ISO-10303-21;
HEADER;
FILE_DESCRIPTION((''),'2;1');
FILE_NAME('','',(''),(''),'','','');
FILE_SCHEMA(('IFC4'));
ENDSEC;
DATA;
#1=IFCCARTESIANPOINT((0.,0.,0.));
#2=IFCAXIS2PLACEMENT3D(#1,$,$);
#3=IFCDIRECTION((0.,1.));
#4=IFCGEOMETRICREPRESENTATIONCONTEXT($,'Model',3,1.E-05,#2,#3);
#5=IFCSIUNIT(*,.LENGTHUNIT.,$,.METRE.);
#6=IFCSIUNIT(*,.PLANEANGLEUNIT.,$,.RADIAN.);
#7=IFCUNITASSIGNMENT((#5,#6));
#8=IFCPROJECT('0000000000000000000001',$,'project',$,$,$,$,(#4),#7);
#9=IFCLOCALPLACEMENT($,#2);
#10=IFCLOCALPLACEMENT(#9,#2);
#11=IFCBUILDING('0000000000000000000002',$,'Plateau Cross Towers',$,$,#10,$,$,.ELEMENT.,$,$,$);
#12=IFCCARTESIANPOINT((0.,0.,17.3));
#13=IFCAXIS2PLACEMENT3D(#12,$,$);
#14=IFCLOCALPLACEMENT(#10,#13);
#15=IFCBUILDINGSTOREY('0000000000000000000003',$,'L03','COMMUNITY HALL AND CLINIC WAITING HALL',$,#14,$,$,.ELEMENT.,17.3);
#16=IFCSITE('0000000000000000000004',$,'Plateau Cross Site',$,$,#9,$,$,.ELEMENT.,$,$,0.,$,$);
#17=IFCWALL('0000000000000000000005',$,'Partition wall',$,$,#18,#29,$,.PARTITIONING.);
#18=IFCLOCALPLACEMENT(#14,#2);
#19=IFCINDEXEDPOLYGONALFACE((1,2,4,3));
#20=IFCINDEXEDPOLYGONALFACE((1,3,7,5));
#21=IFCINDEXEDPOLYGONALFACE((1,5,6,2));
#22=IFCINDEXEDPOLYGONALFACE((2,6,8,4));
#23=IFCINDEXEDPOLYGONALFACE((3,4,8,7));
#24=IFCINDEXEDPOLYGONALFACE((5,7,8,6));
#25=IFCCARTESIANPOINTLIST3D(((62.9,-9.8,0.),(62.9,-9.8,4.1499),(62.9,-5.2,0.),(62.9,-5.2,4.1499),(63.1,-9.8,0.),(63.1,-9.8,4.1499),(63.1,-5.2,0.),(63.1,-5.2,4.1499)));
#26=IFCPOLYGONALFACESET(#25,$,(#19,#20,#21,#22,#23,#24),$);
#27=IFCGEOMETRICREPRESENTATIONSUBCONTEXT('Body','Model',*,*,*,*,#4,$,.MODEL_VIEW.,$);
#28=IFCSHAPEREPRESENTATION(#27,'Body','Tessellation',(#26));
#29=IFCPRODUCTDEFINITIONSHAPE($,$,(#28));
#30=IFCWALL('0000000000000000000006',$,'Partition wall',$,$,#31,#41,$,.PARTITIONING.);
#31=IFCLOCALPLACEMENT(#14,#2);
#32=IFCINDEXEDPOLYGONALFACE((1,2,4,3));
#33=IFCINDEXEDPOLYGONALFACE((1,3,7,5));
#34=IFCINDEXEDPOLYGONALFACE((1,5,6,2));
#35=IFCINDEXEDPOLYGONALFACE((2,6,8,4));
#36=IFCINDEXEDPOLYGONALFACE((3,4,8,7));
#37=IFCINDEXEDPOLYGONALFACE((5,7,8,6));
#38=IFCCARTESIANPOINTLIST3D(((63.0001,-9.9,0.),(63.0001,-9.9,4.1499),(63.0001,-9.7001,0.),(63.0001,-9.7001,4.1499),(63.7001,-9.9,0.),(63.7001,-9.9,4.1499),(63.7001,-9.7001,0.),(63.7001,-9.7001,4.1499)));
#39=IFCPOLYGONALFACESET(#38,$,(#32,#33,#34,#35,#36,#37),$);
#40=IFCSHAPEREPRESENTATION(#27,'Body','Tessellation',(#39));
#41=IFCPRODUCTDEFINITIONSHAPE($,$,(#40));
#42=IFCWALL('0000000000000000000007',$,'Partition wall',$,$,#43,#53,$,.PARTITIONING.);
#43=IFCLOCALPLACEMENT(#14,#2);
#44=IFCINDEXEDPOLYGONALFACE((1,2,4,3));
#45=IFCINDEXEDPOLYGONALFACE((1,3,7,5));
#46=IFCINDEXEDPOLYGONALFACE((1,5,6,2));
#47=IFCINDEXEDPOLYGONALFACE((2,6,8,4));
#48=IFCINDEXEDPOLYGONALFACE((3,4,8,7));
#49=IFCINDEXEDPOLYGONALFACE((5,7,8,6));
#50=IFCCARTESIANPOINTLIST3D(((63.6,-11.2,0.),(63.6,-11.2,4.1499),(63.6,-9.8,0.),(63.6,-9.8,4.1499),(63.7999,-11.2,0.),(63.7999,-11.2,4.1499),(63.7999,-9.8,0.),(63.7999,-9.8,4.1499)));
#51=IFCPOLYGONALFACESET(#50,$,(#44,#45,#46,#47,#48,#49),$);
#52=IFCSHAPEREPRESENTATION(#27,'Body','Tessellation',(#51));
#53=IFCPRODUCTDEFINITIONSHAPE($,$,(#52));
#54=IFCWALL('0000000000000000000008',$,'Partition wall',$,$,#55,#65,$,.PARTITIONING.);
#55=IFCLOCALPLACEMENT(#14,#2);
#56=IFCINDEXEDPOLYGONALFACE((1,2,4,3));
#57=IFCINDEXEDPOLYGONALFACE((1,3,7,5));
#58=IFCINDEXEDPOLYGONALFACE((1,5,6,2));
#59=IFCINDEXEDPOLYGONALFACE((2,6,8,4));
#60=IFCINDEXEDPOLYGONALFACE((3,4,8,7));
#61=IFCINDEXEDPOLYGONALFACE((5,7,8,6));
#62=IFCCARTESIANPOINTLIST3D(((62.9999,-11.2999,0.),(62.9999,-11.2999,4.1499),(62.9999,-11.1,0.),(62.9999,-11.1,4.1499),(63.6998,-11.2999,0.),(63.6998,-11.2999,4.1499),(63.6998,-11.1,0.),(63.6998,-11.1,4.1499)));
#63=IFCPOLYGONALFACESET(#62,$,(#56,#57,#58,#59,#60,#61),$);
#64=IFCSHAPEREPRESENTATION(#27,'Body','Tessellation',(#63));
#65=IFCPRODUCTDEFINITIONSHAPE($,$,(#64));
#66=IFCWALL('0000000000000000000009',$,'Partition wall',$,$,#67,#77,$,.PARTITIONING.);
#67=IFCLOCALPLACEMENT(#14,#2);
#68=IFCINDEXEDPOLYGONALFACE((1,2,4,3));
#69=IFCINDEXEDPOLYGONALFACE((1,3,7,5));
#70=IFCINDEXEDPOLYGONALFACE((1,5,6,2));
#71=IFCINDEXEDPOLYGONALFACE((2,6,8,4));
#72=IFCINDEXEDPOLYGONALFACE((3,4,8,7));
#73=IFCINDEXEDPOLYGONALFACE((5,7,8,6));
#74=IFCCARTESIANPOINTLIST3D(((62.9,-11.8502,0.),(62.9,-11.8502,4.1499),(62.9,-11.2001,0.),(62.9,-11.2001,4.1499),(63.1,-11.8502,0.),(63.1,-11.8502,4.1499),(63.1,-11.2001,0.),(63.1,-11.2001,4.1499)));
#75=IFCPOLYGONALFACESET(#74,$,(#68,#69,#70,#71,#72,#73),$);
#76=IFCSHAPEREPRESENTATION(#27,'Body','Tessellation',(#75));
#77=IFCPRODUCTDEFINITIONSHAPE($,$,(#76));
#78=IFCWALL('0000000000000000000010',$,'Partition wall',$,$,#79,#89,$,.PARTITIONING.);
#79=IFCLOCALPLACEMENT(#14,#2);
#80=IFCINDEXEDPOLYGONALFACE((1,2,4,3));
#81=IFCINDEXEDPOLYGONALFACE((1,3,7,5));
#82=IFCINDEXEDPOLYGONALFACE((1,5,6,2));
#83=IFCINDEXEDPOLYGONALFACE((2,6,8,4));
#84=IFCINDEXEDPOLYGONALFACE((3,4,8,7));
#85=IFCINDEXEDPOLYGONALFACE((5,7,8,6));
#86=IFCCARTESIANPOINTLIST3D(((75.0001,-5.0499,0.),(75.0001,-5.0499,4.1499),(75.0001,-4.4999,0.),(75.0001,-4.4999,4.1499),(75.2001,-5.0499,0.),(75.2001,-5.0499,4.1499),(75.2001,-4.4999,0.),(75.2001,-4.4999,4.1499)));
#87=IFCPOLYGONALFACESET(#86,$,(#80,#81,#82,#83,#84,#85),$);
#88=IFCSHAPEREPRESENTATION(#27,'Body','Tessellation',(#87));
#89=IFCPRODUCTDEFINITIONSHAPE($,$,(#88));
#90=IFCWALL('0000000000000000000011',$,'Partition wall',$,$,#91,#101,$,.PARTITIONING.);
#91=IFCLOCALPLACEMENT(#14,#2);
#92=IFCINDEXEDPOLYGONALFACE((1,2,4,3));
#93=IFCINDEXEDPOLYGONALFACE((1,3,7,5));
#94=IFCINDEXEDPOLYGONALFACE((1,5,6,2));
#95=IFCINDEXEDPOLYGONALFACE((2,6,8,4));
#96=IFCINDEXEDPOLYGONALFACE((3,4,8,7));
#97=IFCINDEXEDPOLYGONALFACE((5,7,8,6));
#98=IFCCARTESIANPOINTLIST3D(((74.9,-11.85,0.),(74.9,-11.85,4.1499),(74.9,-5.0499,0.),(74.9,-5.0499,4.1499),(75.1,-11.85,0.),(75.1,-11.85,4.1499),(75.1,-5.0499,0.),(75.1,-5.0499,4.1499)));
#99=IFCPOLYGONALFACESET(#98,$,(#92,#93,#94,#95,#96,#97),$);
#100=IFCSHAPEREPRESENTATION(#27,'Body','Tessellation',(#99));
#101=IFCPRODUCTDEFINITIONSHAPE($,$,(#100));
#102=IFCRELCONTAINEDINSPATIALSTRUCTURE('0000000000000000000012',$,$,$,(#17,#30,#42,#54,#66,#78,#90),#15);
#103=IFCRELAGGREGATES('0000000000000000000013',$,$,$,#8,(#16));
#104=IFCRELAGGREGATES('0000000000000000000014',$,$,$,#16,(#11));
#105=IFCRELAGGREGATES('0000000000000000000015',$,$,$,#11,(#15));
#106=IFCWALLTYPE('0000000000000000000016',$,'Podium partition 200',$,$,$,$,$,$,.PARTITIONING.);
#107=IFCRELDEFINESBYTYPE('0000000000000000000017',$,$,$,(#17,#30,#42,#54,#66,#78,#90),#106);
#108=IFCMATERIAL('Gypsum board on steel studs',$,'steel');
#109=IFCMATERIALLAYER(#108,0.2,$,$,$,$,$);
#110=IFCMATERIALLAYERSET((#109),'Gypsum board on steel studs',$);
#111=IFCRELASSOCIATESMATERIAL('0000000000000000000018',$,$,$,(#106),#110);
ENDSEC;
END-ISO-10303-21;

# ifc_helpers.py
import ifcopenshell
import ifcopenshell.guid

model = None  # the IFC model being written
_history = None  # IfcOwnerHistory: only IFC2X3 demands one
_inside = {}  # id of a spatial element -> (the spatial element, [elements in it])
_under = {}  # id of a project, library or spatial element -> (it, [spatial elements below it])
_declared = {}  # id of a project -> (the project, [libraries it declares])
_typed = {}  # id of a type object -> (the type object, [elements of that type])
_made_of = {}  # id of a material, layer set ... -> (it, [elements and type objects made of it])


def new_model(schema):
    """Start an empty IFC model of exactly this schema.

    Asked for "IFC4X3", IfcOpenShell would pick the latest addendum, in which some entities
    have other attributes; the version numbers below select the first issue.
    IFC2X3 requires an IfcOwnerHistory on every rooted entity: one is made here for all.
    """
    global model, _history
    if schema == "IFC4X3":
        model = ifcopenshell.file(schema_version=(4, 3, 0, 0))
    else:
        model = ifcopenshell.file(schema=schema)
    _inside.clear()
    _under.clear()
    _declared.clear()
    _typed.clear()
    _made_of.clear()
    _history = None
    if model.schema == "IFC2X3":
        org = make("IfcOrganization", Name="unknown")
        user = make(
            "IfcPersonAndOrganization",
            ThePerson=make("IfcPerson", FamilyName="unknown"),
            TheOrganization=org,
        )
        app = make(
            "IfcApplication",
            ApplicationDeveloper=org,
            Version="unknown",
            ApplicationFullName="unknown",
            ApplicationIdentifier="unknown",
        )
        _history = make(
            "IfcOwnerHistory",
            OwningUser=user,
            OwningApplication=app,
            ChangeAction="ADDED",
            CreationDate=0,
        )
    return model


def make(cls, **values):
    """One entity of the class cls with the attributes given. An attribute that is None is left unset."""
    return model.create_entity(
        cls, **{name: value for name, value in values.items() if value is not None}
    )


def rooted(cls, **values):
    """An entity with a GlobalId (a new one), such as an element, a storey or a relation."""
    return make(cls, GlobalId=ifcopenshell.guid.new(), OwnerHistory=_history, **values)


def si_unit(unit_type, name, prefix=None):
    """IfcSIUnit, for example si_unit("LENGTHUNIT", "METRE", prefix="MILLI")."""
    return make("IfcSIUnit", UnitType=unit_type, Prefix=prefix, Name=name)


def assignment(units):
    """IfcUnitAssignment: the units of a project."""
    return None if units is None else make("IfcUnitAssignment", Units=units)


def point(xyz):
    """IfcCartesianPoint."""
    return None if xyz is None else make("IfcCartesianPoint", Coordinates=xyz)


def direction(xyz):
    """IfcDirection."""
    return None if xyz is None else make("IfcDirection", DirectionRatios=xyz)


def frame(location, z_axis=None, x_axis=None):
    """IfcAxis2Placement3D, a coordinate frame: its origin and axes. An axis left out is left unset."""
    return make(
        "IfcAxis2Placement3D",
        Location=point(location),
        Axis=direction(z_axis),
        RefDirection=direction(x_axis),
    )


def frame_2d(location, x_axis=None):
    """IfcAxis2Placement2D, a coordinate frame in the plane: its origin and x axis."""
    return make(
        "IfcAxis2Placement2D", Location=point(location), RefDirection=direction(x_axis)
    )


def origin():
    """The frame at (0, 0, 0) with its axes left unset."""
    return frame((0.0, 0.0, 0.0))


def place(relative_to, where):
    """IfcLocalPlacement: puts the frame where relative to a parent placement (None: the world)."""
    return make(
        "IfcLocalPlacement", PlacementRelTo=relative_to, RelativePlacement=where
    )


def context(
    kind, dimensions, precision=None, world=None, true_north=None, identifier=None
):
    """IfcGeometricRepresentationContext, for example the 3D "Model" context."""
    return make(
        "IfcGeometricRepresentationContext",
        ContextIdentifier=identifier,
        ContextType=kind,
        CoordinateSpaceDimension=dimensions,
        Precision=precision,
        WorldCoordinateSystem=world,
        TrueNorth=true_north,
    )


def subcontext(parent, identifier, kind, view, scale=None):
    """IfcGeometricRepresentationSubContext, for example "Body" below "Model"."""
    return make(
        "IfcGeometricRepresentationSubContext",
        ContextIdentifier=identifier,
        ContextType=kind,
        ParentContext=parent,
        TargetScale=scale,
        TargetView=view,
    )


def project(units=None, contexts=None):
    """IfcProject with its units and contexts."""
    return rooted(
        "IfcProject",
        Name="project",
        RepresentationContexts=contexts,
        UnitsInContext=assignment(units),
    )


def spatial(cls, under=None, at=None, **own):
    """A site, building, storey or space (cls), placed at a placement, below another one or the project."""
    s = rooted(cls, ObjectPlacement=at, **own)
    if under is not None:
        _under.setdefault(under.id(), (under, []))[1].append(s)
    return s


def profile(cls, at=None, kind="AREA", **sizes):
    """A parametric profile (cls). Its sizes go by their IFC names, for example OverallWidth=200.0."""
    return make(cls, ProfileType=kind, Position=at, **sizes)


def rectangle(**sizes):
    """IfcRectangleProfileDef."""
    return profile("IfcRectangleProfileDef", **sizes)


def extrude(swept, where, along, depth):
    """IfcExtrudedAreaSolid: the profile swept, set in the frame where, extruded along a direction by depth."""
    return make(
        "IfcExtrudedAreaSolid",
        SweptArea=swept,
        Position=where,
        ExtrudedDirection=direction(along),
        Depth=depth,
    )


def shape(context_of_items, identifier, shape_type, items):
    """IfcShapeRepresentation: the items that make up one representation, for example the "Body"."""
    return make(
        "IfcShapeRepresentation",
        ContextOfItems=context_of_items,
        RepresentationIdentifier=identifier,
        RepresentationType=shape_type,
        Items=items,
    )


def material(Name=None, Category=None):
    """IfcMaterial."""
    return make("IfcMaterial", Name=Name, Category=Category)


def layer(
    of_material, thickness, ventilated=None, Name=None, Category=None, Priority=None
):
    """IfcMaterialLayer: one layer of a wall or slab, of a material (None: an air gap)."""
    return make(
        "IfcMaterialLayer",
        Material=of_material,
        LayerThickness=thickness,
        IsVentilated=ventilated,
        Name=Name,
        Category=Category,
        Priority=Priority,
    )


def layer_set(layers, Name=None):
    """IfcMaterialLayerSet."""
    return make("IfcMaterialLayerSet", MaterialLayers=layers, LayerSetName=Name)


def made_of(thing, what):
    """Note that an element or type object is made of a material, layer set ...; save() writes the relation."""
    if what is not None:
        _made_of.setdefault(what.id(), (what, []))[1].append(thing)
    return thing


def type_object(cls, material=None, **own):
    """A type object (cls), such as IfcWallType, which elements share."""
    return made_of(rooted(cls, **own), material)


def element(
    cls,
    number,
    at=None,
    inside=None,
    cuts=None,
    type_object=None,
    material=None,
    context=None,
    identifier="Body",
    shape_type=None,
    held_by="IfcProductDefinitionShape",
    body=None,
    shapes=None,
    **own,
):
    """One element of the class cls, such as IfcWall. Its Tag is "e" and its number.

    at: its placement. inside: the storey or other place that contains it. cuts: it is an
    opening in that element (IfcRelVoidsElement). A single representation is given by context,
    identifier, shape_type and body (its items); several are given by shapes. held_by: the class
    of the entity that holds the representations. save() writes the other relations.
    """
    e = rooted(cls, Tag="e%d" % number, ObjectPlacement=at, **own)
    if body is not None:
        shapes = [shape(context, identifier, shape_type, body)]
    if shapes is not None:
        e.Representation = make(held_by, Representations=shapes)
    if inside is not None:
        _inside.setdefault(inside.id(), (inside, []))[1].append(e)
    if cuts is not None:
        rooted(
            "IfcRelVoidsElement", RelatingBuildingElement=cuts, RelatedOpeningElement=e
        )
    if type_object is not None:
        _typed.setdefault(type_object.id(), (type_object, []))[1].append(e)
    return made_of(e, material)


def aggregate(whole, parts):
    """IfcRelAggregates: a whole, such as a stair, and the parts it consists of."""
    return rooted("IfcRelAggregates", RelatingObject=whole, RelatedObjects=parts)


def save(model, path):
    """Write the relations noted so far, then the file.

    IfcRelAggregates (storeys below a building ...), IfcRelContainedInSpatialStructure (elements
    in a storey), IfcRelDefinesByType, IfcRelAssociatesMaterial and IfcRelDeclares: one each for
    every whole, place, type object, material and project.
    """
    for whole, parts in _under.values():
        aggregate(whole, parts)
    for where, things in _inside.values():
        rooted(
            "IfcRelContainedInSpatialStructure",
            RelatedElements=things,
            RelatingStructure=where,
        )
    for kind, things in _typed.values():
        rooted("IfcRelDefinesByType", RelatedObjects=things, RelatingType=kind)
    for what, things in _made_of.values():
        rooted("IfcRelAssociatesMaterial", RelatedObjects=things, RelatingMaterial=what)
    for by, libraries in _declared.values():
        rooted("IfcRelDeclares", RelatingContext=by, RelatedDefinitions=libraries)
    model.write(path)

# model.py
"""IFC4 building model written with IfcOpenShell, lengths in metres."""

from ifc_helpers import new_model, si_unit, direction, frame, frame_2d, origin, place, context, subcontext, project, spatial, rectangle, extrude, material, layer, layer_set, type_object, element, save


model = new_model("IFC4")

# Units and contexts
model_context = context("Model", 3, precision=1e-05, world=origin(), true_north=direction((0.0, 1.0)))
body_context = subcontext(model_context, "Body", "Model", "MODEL_VIEW")
ifc_project = project(units=[si_unit("LENGTHUNIT", "METRE"), si_unit("PLANEANGLEUNIT", "RADIAN")], contexts=[model_context])

# Site, building, storey
site_placement = place(None, origin())
site = spatial("IfcSite", under=ifc_project, at=site_placement, Name="Plateau Cross Site", CompositionType="ELEMENT", RefElevation=0.0)
building_placement = place(site_placement, origin())
building = spatial("IfcBuilding", under=site, at=building_placement, Name="Plateau Cross Towers", CompositionType="ELEMENT")
storey_placement = place(building_placement, frame((0.0, 0.0, 17.3)))
storey = spatial("IfcBuildingStorey", under=building, at=storey_placement, Name="L03", Description="COMMUNITY HALL AND CLINIC WAITING HALL", CompositionType="ELEMENT", Elevation=17.3)

# Shared definitions
ifc_material_1 = material(Name="Gypsum board on steel studs", Category="steel")
ifc_layer_1 = layer(ifc_material_1, 0.2)
ifc_layer_set_1 = layer_set([ifc_layer_1], Name="Gypsum board on steel studs")
wall_type = type_object("IfcWallType", Name="Podium partition 200", PredefinedType="PARTITIONING", material=ifc_layer_set_1)

# Walls
wall_1_placement = place(storey_placement, frame((63.0, -5.2, 0.0), z_axis=(0.0, 0.0, 1.0), x_axis=(0.0, -1.0, 0.0)))
element("IfcWall", 1, at=wall_1_placement, inside=storey, type_object=wall_type, Name="Partition wall", PredefinedType="PARTITIONING", context=body_context, shape_type="SweptSolid", body=[
    extrude(rectangle(XDim=4.6001, YDim=0.2, at=frame_2d((2.3, 0.0))), origin(), (0.0, 0.0, 1.0), 4.1499),
])
wall_2_placement = place(storey_placement, frame((63.0, -9.8, 0.0), z_axis=(0.0, 0.0, 1.0), x_axis=(1.0, 0.0, 0.0)))
element("IfcWall", 2, at=wall_2_placement, inside=storey, type_object=wall_type, Name="Partition wall", PredefinedType="PARTITIONING", context=body_context, shape_type="SweptSolid", body=[
    extrude(rectangle(XDim=0.7, YDim=0.2, at=frame_2d((0.3501, 0.0))), origin(), (0.0, 0.0, 1.0), 4.1499),
])
wall_3_placement = place(storey_placement, frame((63.7, -9.8, 0.0), z_axis=(0.0, 0.0, 1.0), x_axis=(0.0, -1.0, 0.0)))
element("IfcWall", 3, at=wall_3_placement, inside=storey, type_object=wall_type, Name="Partition wall", PredefinedType="PARTITIONING", context=body_context, shape_type="SweptSolid", body=[
    extrude(rectangle(XDim=1.3999, YDim=0.2, at=frame_2d((0.7, 0.0))), origin(), (0.0, 0.0, 1.0), 4.1499),
])
wall_4_placement = place(storey_placement, frame((63.7, -11.2, 0.0), z_axis=(0.0, 0.0, 1.0), x_axis=(-1.0, 0.0, 0.0)))
element("IfcWall", 4, at=wall_4_placement, inside=storey, type_object=wall_type, Name="Partition wall", PredefinedType="PARTITIONING", context=body_context, shape_type="SweptSolid", body=[
    extrude(rectangle(XDim=0.7, YDim=0.2, at=frame_2d((0.3501, 0.0))), origin(), (0.0, 0.0, 1.0), 4.1499),
])
wall_5_placement = place(storey_placement, frame((63.0, -11.2, 0.0), z_axis=(0.0, 0.0, 1.0), x_axis=(0.0, -1.0, 0.0)))
element("IfcWall", 5, at=wall_5_placement, inside=storey, type_object=wall_type, Name="Partition wall", PredefinedType="PARTITIONING", context=body_context, shape_type="SweptSolid", body=[
    extrude(rectangle(XDim=0.6501, YDim=0.2, at=frame_2d((0.3252, 0.0))), origin(), (0.0, 0.0, 1.0), 4.1499),
])
wall_6_placement = place(storey_placement, frame((75.1001, -4.5, 0.0), z_axis=(0.0, 0.0, 1.0), x_axis=(0.0, -1.0, 0.0)))
element("IfcWall", 6, at=wall_6_placement, inside=storey, type_object=wall_type, Name="Partition wall", PredefinedType="PARTITIONING", context=body_context, shape_type="SweptSolid", body=[
    extrude(rectangle(XDim=0.55, YDim=0.2, at=frame_2d((0.2749, 0.0))), origin(), (0.0, 0.0, 1.0), 4.1499),
])
wall_7_placement = place(storey_placement, frame((75.0, -5.05, 0.0), z_axis=(0.0, 0.0, 1.0), x_axis=(0.0, -1.0, 0.0)))
element("IfcWall", 7, at=wall_7_placement, inside=storey, type_object=wall_type, Name="Partition wall", PredefinedType="PARTITIONING", context=body_context, shape_type="SweptSolid", body=[
    extrude(rectangle(XDim=6.8, YDim=0.2, at=frame_2d((3.3999, 0.0))), origin(), (0.0, 0.0, 1.0), 4.1499),
])

save(model, "model.ifc")
